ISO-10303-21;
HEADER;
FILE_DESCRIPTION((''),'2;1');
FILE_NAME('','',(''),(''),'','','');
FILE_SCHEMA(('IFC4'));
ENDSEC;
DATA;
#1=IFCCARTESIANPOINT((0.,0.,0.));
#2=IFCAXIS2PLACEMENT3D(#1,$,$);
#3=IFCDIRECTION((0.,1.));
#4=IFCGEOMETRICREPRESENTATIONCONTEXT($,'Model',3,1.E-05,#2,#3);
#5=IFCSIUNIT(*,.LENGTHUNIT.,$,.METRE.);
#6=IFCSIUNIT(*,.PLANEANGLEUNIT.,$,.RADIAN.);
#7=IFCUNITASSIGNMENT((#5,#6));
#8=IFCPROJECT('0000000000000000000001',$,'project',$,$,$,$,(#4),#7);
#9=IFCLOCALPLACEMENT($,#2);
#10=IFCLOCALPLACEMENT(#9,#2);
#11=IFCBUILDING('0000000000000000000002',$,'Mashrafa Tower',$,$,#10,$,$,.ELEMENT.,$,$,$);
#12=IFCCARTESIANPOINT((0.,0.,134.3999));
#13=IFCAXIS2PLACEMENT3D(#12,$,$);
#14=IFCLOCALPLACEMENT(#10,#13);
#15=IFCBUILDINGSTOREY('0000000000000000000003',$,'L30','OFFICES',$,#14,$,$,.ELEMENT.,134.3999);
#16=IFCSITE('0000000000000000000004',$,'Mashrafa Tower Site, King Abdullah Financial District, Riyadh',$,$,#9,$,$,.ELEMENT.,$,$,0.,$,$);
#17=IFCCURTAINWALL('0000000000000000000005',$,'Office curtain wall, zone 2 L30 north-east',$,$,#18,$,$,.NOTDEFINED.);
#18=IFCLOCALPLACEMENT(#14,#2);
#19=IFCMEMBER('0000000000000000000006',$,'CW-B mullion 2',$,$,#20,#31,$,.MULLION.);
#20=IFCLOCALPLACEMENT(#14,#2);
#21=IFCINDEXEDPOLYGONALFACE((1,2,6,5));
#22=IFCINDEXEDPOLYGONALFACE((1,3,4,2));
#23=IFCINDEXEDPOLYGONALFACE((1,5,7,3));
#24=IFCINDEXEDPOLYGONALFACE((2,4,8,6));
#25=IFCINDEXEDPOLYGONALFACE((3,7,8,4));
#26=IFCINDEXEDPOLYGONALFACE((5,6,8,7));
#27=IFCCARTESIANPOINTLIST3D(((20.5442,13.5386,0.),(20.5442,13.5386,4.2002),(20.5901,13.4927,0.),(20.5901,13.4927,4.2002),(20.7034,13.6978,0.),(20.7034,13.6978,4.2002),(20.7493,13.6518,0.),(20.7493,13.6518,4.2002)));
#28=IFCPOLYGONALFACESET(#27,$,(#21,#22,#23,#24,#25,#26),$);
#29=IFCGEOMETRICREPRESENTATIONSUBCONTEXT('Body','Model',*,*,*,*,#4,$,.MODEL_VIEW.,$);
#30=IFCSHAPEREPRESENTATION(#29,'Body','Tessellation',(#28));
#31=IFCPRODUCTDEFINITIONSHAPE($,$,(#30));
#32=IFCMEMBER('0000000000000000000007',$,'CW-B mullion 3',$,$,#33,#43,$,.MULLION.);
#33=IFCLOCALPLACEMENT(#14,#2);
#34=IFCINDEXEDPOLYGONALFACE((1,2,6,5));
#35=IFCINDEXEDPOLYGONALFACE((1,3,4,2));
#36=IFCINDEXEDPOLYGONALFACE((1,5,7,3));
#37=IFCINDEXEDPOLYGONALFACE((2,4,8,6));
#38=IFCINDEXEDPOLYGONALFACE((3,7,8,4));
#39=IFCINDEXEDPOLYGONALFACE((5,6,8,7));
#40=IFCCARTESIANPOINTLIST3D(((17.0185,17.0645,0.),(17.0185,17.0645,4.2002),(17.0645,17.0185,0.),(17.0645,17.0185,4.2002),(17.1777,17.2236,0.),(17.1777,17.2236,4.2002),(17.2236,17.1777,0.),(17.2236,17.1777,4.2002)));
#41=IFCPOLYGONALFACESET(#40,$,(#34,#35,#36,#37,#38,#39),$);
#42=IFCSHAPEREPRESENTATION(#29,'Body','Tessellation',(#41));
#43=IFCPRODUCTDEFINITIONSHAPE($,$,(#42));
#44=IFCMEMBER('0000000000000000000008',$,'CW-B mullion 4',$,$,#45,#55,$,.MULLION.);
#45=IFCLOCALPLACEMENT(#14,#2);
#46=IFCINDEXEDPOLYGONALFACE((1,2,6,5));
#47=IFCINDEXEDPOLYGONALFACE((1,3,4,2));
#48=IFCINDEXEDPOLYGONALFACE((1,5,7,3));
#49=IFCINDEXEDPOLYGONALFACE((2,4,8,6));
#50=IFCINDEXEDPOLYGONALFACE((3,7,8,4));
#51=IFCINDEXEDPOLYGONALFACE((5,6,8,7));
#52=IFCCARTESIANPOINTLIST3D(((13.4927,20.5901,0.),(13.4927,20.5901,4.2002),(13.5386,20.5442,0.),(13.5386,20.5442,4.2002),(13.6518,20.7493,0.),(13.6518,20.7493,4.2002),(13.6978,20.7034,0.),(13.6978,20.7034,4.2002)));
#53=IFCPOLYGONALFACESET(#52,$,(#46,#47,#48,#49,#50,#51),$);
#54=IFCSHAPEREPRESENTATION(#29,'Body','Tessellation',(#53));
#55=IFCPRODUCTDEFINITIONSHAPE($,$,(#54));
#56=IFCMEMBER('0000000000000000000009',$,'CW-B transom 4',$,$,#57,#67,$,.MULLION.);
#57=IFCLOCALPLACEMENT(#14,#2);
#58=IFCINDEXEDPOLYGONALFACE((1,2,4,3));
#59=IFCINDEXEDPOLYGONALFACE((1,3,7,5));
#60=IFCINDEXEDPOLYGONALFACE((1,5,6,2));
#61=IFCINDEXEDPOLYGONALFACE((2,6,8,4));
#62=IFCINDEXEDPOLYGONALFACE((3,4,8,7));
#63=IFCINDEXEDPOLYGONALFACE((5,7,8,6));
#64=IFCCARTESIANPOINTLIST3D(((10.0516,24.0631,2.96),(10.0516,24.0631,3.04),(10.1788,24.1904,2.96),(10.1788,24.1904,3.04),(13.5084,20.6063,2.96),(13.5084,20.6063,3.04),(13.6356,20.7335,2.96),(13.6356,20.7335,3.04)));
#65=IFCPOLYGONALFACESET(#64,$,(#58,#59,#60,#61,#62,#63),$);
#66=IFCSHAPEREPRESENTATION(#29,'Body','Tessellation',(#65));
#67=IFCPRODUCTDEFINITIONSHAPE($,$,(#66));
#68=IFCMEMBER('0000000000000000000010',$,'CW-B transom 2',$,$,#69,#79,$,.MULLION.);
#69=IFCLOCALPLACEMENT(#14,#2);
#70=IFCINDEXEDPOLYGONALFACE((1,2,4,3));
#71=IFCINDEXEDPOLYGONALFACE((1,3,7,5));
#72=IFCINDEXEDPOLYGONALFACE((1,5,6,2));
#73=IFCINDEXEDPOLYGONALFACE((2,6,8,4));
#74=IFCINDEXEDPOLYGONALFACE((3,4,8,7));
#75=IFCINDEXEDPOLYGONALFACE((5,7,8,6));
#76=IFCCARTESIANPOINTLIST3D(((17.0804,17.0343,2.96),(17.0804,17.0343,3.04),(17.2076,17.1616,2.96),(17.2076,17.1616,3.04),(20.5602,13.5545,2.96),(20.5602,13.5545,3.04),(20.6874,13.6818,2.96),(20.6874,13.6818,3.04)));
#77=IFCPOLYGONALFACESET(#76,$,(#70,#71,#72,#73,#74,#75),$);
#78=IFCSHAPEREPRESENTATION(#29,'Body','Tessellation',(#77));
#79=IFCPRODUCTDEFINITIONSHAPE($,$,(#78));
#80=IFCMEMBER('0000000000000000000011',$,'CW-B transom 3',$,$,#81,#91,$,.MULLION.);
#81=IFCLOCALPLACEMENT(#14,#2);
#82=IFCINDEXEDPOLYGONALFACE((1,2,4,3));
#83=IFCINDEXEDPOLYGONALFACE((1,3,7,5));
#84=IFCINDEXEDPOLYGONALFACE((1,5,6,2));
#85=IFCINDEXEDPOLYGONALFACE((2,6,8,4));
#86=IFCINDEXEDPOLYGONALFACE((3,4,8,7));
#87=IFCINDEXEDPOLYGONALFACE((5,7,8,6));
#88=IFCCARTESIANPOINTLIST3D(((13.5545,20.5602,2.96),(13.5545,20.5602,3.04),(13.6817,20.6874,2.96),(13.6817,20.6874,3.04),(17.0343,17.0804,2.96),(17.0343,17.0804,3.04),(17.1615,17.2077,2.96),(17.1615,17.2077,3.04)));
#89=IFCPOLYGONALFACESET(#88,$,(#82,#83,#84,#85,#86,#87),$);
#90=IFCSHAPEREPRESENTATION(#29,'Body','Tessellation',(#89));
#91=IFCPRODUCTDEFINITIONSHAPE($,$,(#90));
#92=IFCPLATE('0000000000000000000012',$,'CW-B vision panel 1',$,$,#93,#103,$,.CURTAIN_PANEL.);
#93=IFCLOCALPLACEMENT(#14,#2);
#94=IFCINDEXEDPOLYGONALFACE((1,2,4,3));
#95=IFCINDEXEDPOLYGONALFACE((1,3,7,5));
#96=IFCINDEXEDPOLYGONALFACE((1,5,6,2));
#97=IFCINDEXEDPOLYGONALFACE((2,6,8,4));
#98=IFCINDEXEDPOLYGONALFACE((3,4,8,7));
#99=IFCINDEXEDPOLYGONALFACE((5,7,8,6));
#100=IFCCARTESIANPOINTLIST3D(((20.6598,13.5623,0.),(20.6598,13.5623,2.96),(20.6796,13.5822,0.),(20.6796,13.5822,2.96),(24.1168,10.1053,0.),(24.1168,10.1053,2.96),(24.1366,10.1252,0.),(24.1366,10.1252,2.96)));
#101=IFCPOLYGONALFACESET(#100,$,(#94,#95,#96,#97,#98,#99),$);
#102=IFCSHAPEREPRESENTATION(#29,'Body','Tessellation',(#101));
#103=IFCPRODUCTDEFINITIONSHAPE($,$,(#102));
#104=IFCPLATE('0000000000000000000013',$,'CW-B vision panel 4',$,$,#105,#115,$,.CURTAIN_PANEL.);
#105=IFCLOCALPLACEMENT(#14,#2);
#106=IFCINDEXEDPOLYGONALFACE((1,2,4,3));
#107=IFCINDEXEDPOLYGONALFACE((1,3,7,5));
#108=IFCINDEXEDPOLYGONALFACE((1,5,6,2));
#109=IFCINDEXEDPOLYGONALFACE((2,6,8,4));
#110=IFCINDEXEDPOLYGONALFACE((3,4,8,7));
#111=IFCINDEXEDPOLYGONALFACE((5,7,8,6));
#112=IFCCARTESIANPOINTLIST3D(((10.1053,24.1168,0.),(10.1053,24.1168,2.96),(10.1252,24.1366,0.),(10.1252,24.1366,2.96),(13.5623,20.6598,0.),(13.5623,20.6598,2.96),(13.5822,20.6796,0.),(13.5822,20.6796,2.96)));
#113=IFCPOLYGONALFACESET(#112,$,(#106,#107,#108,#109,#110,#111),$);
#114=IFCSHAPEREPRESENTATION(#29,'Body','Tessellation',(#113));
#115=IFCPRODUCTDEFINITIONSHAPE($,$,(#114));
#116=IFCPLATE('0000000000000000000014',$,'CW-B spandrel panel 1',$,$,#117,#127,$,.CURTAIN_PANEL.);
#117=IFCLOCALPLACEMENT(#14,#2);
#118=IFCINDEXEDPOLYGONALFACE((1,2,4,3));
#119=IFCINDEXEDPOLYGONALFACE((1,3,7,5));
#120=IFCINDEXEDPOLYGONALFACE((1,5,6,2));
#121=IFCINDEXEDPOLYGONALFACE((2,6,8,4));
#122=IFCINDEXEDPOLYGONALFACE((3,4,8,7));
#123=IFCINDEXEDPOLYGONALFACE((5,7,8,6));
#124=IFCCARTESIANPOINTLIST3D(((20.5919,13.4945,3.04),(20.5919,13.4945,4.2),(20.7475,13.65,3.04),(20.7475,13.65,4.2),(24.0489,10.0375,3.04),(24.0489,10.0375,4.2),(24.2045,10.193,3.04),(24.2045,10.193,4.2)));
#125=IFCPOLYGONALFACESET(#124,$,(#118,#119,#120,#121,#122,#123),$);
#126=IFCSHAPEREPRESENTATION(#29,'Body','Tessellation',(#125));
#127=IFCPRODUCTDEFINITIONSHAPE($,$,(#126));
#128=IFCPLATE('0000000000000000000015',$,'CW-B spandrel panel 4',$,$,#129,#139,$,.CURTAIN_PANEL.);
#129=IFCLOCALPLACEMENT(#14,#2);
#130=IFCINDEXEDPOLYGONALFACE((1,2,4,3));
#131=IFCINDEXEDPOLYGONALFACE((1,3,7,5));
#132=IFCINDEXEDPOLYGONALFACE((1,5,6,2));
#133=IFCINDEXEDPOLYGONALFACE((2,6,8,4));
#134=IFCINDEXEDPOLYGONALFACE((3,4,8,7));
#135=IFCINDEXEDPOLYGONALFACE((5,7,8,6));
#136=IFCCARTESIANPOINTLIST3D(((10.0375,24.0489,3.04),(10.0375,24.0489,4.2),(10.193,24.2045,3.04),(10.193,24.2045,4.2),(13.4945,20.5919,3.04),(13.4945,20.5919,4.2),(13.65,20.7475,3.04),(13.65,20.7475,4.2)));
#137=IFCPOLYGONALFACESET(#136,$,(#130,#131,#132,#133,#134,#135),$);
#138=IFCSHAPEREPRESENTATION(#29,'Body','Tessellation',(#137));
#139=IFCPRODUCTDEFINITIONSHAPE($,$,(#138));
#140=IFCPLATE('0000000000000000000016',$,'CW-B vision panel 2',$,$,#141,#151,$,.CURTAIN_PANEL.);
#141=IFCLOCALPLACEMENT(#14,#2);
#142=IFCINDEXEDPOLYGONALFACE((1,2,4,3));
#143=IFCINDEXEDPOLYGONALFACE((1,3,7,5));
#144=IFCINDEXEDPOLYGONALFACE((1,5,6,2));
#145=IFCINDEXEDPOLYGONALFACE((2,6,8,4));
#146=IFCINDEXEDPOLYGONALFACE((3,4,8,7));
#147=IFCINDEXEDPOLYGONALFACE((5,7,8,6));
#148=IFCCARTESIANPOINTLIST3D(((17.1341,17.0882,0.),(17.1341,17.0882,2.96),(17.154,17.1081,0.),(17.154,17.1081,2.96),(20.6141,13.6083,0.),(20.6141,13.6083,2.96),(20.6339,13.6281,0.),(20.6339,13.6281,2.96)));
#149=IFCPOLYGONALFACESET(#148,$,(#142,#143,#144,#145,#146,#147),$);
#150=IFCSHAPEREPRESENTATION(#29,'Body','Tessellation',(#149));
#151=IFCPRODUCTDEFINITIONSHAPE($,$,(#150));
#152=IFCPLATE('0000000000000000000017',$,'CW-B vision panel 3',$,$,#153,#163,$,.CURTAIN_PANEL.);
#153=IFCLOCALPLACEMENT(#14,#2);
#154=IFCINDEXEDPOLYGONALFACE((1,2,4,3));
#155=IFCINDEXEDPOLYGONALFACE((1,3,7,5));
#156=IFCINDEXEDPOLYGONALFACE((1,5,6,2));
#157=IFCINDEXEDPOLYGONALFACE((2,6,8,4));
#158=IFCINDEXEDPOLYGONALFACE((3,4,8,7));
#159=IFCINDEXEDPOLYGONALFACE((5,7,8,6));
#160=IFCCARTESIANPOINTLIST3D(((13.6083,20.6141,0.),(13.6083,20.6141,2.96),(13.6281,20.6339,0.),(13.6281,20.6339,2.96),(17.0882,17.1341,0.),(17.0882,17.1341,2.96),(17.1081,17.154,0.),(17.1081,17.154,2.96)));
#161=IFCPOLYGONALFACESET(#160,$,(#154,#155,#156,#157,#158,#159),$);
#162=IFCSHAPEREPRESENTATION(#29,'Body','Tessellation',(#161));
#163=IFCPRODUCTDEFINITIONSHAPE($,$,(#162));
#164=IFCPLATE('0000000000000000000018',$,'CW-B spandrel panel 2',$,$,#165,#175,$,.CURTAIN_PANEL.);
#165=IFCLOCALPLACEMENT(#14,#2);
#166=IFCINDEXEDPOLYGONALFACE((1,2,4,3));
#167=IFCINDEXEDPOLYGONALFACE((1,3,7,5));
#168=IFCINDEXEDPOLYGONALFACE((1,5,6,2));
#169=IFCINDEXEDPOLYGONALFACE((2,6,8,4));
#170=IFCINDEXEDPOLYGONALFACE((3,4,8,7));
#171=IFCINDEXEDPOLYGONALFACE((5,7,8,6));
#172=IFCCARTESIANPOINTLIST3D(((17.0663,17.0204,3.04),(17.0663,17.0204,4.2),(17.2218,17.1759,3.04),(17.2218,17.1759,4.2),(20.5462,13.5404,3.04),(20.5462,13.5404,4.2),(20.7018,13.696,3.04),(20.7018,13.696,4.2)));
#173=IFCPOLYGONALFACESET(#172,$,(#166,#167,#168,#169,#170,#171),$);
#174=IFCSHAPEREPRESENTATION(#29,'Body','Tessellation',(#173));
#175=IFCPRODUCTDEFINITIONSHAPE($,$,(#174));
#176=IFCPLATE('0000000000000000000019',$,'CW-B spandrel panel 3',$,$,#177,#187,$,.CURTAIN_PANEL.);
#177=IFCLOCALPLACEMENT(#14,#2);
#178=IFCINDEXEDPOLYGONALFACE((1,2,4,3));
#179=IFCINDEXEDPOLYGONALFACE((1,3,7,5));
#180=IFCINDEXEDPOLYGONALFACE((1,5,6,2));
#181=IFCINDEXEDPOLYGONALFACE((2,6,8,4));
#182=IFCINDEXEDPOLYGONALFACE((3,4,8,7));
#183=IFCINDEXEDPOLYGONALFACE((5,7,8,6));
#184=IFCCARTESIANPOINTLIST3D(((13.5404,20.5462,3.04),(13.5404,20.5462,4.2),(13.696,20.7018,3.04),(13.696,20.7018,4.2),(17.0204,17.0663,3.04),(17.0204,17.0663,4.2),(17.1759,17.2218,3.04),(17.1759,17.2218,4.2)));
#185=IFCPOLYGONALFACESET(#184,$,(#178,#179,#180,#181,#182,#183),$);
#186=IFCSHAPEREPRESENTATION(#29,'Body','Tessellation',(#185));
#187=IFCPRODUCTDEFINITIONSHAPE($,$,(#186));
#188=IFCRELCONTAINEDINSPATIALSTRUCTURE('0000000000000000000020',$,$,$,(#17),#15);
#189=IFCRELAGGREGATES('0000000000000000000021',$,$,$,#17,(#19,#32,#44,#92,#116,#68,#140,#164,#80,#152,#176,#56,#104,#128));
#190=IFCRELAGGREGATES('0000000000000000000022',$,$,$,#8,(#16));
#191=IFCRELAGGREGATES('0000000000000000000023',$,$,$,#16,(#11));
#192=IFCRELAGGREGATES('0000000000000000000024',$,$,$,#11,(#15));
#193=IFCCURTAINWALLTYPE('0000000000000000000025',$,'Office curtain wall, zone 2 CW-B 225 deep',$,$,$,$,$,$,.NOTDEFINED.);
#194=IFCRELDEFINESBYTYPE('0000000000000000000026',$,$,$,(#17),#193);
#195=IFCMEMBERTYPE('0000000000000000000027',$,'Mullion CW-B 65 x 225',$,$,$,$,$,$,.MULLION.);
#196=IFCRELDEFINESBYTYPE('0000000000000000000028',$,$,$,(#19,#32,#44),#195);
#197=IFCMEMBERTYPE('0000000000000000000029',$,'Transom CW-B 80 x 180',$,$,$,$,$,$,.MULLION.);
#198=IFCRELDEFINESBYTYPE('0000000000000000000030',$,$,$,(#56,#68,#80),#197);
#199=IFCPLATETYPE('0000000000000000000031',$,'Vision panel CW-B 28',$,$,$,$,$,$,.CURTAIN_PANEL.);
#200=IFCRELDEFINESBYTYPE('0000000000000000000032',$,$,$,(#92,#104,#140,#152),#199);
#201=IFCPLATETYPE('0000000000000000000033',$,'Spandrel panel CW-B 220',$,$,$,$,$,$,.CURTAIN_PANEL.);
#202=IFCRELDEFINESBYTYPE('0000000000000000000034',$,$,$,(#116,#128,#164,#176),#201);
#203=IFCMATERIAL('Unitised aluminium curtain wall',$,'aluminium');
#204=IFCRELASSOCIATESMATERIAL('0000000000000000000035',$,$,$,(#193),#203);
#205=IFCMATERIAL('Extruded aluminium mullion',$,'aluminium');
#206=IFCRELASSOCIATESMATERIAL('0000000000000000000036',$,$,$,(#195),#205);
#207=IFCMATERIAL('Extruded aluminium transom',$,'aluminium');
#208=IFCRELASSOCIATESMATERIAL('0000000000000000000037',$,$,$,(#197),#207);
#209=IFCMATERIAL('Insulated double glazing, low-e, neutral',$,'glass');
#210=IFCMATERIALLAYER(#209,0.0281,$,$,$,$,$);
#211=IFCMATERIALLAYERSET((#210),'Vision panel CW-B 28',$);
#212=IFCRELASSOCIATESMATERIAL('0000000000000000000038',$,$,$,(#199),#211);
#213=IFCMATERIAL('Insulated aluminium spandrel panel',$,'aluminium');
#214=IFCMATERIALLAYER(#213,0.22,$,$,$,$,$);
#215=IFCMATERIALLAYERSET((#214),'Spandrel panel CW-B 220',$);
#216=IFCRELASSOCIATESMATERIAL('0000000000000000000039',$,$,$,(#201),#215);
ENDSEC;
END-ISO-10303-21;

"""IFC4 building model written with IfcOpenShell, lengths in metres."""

from ifc_helpers import new_model, si_unit, direction, frame, origin, origin_2d, place, context, subcontext, project, spatial, rectangle, extrude, source, transform, mapped, material, layer, layer_set, material_profile, profile_set, type_object, type_shapes, element, aggregate, save


model = new_model("IFC4")

# Units and contexts
model_context = context("Model", 3, precision=1e-05, world=origin(), true_north=direction((0.0, 1.0)))
body_context = subcontext(model_context, "Body", "Model", "MODEL_VIEW")
ifc_project = project(units=[si_unit("LENGTHUNIT", "METRE"), si_unit("PLANEANGLEUNIT", "RADIAN")], contexts=[model_context])

# Site, building, storey
site_placement = place(None, origin())
site = spatial("IfcSite", under=ifc_project, at=site_placement, Name="Mashrafa Tower Site, King Abdullah Financial District, Riyadh", CompositionType="ELEMENT", RefElevation=0.0)
building_placement = place(site_placement, origin())
building = spatial("IfcBuilding", under=site, at=building_placement, Name="Mashrafa Tower", CompositionType="ELEMENT")
storey_placement = place(building_placement, frame((0.0, 0.0, 134.3999)))
storey = spatial("IfcBuildingStorey", under=building, at=storey_placement, Name="L30", Description="OFFICES", CompositionType="ELEMENT", Elevation=134.3999)

# Curtain wall, members, plates
ifc_material_1 = material(Name="Unitised aluminium curtain wall", Category="aluminium")
curtain_wall_type = type_object("IfcCurtainWallType", Name="Office curtain wall, zone 2 CW-B 225 deep", PredefinedType="NOTDEFINED", material=ifc_material_1)
curtain_wall_placement = place(storey_placement, origin())
curtain_wall = element("IfcCurtainWall", 1, at=curtain_wall_placement, inside=storey, type_object=curtain_wall_type, Name="Office curtain wall, zone 2 L30 north-east", PredefinedType="NOTDEFINED")
ifc_material_2 = material(Name="Extruded aluminium mullion", Category="aluminium")
ifc_material_profile_1 = material_profile(ifc_material_2, rectangle(XDim=0.2251, YDim=0.0649, at=origin_2d()), Name="Mullion 65x225")
ifc_profile_set_1 = profile_set([ifc_material_profile_1], Name="Extruded aluminium mullion")
member_type_1 = type_object("IfcMemberType", Name="Mullion CW-B 65 x 225", PredefinedType="MULLION", material=ifc_profile_set_1)
shared_shape_1 = source(origin(), body_context, "Body", "SweptSolid", [
    extrude(rectangle(XDim=0.2251, YDim=0.0649, at=origin_2d()), origin(), (0.0, 0.0, 1.0), 4.2002),
])
type_shapes(member_type_1, [shared_shape_1])
member_1_placement = place(storey_placement, frame((20.6467, 13.5952, 0.0), z_axis=(0.0, 0.0, 1.0), x_axis=(-0.707107, -0.707107, 0.0)))
member_1 = element("IfcMember", 2, at=member_1_placement, type_object=member_type_1, Name="CW-B mullion 2", PredefinedType="MULLION", context=body_context, shape_type="MappedRepresentation", body=[
    mapped(shared_shape_1, transform((0.0, 0.0, 0.0))),
])
member_2_placement = place(storey_placement, frame((17.1211, 17.1211, 0.0), z_axis=(0.0, 0.0, 1.0), x_axis=(-0.707107, -0.707107, 0.0)))
member_2 = element("IfcMember", 3, at=member_2_placement, type_object=member_type_1, Name="CW-B mullion 3", PredefinedType="MULLION", context=body_context, shape_type="MappedRepresentation", body=[
    mapped(shared_shape_1, transform((0.0, 0.0, 0.0))),
])
member_3_placement = place(storey_placement, frame((13.5952, 20.6467, 0.0), z_axis=(0.0, 0.0, 1.0), x_axis=(-0.707107, -0.707107, 0.0)))
member_3 = element("IfcMember", 4, at=member_3_placement, type_object=member_type_1, Name="CW-B mullion 4", PredefinedType="MULLION", context=body_context, shape_type="MappedRepresentation", body=[
    mapped(shared_shape_1, transform((0.0, 0.0, 0.0))),
])
ifc_material_3 = material(Name="Extruded aluminium transom", Category="aluminium")
ifc_material_profile_2 = material_profile(ifc_material_3, rectangle(XDim=0.1799, YDim=0.0801, at=origin_2d()), Name="Transom 80x180")
ifc_profile_set_2 = profile_set([ifc_material_profile_2], Name="Extruded aluminium transom")
member_type_2 = type_object("IfcMemberType", Name="Transom CW-B 80 x 180", PredefinedType="MULLION", material=ifc_profile_set_2)
shared_shape_2 = source(origin(), body_context, "Body", "SweptSolid", [
    extrude(rectangle(XDim=0.1799, YDim=0.0801, at=origin_2d()), origin(), (0.0, 0.0, 1.0), 4.8887),
])
member_4_placement = place(storey_placement, frame((13.572, 20.6699, 3.0), z_axis=(-0.707107, 0.707107, 0.0), x_axis=(-0.707107, -0.707107, 0.0)))
member_4 = element("IfcMember", 5, at=member_4_placement, type_object=member_type_2, Name="CW-B transom 4", PredefinedType="MULLION", context=body_context, shape_type="MappedRepresentation", body=[
    mapped(shared_shape_2, transform((0.0, 0.0, 0.0))),
])
shared_shape_3 = source(origin(), body_context, "Body", "SweptSolid", [
    extrude(rectangle(XDim=0.1799, YDim=0.0801, at=origin_2d()), origin(), (0.0, 0.0, 1.0), 4.9211),
])
type_shapes(member_type_2, [shared_shape_2, shared_shape_3])
member_5_placement = place(storey_placement, frame((20.6238, 13.6182, 3.0), z_axis=(-0.707107, 0.707107, 0.0), x_axis=(-0.707107, -0.707107, 0.0)))
member_5 = element("IfcMember", 6, at=member_5_placement, type_object=member_type_2, Name="CW-B transom 2", PredefinedType="MULLION", context=body_context, shape_type="MappedRepresentation", body=[
    mapped(shared_shape_3, transform((0.0, 0.0, 0.0))),
])
member_6_placement = place(storey_placement, frame((17.0979, 17.144, 3.0), z_axis=(-0.707107, 0.707107, 0.0), x_axis=(-0.707107, -0.707107, 0.0)))
member_6 = element("IfcMember", 7, at=member_6_placement, type_object=member_type_2, Name="CW-B transom 3", PredefinedType="MULLION", context=body_context, shape_type="MappedRepresentation", body=[
    mapped(shared_shape_3, transform((0.0, 0.0, 0.0))),
])
ifc_material_4 = material(Name="Insulated double glazing, low-e, neutral", Category="glass")
ifc_layer_1 = layer(ifc_material_4, 0.0281)
ifc_layer_set_1 = layer_set([ifc_layer_1], Name="Vision panel CW-B 28")
plate_type_1 = type_object("IfcPlateType", Name="Vision panel CW-B 28", PredefinedType="CURTAIN_PANEL", material=ifc_layer_set_1)
shared_shape_4 = source(origin(), body_context, "Body", "SweptSolid", [
    extrude(rectangle(XDim=4.8889, YDim=0.0281, at=origin_2d()), origin(), (0.0, 0.0, 1.0), 2.96),
])
plate_1_placement = place(storey_placement, frame((22.3982, 11.8438, 0.0), z_axis=(0.0, 0.0, 1.0), x_axis=(-0.707107, 0.707107, 0.0)))
plate_1 = element("IfcPlate", 8, at=plate_1_placement, type_object=plate_type_1, Name="CW-B vision panel 1", PredefinedType="CURTAIN_PANEL", context=body_context, shape_type="MappedRepresentation", body=[
    mapped(shared_shape_4, transform((0.0, 0.0, 0.0))),
])
plate_2_placement = place(storey_placement, frame((11.8438, 22.3982, 0.0), z_axis=(0.0, 0.0, 1.0), x_axis=(-0.707107, 0.707107, 0.0)))
plate_2 = element("IfcPlate", 9, at=plate_2_placement, type_object=plate_type_1, Name="CW-B vision panel 4", PredefinedType="CURTAIN_PANEL", context=body_context, shape_type="MappedRepresentation", body=[
    mapped(shared_shape_4, transform((0.0, 0.0, 0.0))),
])
ifc_material_5 = material(Name="Insulated aluminium spandrel panel", Category="aluminium")
ifc_layer_2 = layer(ifc_material_5, 0.22)
ifc_layer_set_2 = layer_set([ifc_layer_2], Name="Spandrel panel CW-B 220")
plate_type_2 = type_object("IfcPlateType", Name="Spandrel panel CW-B 220", PredefinedType="CURTAIN_PANEL", material=ifc_layer_set_2)
shared_shape_5 = source(origin(), body_context, "Body", "SweptSolid", [
    extrude(rectangle(XDim=4.8889, YDim=0.22, at=origin_2d()), origin(), (0.0, 0.0, 1.0), 1.1599),
])
plate_3_placement = place(storey_placement, frame((22.3982, 11.8438, 3.04), z_axis=(0.0, 0.0, 1.0), x_axis=(-0.707107, 0.707107, 0.0)))
plate_3 = element("IfcPlate", 10, at=plate_3_placement, type_object=plate_type_2, Name="CW-B spandrel panel 1", PredefinedType="CURTAIN_PANEL", context=body_context, shape_type="MappedRepresentation", body=[
    mapped(shared_shape_5, transform((0.0, 0.0, 0.0))),
])
plate_4_placement = place(storey_placement, frame((11.8438, 22.3982, 3.04), z_axis=(0.0, 0.0, 1.0), x_axis=(-0.707107, 0.707107, 0.0)))
plate_4 = element("IfcPlate", 11, at=plate_4_placement, type_object=plate_type_2, Name="CW-B spandrel panel 4", PredefinedType="CURTAIN_PANEL", context=body_context, shape_type="MappedRepresentation", body=[
    mapped(shared_shape_5, transform((0.0, 0.0, 0.0))),
])
shared_shape_6 = source(origin(), body_context, "Body", "SweptSolid", [
    extrude(rectangle(XDim=4.9214, YDim=0.0281, at=origin_2d()), origin(), (0.0, 0.0, 1.0), 2.96),
])
type_shapes(plate_type_1, [shared_shape_4, shared_shape_6])
plate_5_placement = place(storey_placement, frame((18.884, 15.3582, 0.0), z_axis=(0.0, 0.0, 1.0), x_axis=(-0.707107, 0.707107, 0.0)))
plate_5 = element("IfcPlate", 12, at=plate_5_placement, type_object=plate_type_1, Name="CW-B vision panel 2", PredefinedType="CURTAIN_PANEL", context=body_context, shape_type="MappedRepresentation", body=[
    mapped(shared_shape_6, transform((0.0, 0.0, 0.0))),
])
plate_6_placement = place(storey_placement, frame((15.3582, 18.884, 0.0), z_axis=(0.0, 0.0, 1.0), x_axis=(-0.707107, 0.707107, 0.0)))
plate_6 = element("IfcPlate", 13, at=plate_6_placement, type_object=plate_type_1, Name="CW-B vision panel 3", PredefinedType="CURTAIN_PANEL", context=body_context, shape_type="MappedRepresentation", body=[
    mapped(shared_shape_6, transform((0.0, 0.0, 0.0))),
])
shared_shape_7 = source(origin(), body_context, "Body", "SweptSolid", [
    extrude(rectangle(XDim=4.9214, YDim=0.22, at=origin_2d()), origin(), (0.0, 0.0, 1.0), 1.1599),
])
type_shapes(plate_type_2, [shared_shape_5, shared_shape_7])
plate_7_placement = place(storey_placement, frame((18.884, 15.3582, 3.04), z_axis=(0.0, 0.0, 1.0), x_axis=(-0.707107, 0.707107, 0.0)))
plate_7 = element("IfcPlate", 14, at=plate_7_placement, type_object=plate_type_2, Name="CW-B spandrel panel 2", PredefinedType="CURTAIN_PANEL", context=body_context, shape_type="MappedRepresentation", body=[
    mapped(shared_shape_7, transform((0.0, 0.0, 0.0))),
])
plate_8_placement = place(storey_placement, frame((15.3582, 18.884, 3.04), z_axis=(0.0, 0.0, 1.0), x_axis=(-0.707107, 0.707107, 0.0)))
plate_8 = element("IfcPlate", 15, at=plate_8_placement, type_object=plate_type_2, Name="CW-B spandrel panel 3", PredefinedType="CURTAIN_PANEL", context=body_context, shape_type="MappedRepresentation", body=[
    mapped(shared_shape_7, transform((0.0, 0.0, 0.0))),
])
aggregate(curtain_wall, [member_1, member_2, member_3, plate_1, plate_3, member_5, plate_5, plate_7, member_6, plate_6, plate_8, member_4, plate_2, plate_4])

save(model, "model.ifc")
